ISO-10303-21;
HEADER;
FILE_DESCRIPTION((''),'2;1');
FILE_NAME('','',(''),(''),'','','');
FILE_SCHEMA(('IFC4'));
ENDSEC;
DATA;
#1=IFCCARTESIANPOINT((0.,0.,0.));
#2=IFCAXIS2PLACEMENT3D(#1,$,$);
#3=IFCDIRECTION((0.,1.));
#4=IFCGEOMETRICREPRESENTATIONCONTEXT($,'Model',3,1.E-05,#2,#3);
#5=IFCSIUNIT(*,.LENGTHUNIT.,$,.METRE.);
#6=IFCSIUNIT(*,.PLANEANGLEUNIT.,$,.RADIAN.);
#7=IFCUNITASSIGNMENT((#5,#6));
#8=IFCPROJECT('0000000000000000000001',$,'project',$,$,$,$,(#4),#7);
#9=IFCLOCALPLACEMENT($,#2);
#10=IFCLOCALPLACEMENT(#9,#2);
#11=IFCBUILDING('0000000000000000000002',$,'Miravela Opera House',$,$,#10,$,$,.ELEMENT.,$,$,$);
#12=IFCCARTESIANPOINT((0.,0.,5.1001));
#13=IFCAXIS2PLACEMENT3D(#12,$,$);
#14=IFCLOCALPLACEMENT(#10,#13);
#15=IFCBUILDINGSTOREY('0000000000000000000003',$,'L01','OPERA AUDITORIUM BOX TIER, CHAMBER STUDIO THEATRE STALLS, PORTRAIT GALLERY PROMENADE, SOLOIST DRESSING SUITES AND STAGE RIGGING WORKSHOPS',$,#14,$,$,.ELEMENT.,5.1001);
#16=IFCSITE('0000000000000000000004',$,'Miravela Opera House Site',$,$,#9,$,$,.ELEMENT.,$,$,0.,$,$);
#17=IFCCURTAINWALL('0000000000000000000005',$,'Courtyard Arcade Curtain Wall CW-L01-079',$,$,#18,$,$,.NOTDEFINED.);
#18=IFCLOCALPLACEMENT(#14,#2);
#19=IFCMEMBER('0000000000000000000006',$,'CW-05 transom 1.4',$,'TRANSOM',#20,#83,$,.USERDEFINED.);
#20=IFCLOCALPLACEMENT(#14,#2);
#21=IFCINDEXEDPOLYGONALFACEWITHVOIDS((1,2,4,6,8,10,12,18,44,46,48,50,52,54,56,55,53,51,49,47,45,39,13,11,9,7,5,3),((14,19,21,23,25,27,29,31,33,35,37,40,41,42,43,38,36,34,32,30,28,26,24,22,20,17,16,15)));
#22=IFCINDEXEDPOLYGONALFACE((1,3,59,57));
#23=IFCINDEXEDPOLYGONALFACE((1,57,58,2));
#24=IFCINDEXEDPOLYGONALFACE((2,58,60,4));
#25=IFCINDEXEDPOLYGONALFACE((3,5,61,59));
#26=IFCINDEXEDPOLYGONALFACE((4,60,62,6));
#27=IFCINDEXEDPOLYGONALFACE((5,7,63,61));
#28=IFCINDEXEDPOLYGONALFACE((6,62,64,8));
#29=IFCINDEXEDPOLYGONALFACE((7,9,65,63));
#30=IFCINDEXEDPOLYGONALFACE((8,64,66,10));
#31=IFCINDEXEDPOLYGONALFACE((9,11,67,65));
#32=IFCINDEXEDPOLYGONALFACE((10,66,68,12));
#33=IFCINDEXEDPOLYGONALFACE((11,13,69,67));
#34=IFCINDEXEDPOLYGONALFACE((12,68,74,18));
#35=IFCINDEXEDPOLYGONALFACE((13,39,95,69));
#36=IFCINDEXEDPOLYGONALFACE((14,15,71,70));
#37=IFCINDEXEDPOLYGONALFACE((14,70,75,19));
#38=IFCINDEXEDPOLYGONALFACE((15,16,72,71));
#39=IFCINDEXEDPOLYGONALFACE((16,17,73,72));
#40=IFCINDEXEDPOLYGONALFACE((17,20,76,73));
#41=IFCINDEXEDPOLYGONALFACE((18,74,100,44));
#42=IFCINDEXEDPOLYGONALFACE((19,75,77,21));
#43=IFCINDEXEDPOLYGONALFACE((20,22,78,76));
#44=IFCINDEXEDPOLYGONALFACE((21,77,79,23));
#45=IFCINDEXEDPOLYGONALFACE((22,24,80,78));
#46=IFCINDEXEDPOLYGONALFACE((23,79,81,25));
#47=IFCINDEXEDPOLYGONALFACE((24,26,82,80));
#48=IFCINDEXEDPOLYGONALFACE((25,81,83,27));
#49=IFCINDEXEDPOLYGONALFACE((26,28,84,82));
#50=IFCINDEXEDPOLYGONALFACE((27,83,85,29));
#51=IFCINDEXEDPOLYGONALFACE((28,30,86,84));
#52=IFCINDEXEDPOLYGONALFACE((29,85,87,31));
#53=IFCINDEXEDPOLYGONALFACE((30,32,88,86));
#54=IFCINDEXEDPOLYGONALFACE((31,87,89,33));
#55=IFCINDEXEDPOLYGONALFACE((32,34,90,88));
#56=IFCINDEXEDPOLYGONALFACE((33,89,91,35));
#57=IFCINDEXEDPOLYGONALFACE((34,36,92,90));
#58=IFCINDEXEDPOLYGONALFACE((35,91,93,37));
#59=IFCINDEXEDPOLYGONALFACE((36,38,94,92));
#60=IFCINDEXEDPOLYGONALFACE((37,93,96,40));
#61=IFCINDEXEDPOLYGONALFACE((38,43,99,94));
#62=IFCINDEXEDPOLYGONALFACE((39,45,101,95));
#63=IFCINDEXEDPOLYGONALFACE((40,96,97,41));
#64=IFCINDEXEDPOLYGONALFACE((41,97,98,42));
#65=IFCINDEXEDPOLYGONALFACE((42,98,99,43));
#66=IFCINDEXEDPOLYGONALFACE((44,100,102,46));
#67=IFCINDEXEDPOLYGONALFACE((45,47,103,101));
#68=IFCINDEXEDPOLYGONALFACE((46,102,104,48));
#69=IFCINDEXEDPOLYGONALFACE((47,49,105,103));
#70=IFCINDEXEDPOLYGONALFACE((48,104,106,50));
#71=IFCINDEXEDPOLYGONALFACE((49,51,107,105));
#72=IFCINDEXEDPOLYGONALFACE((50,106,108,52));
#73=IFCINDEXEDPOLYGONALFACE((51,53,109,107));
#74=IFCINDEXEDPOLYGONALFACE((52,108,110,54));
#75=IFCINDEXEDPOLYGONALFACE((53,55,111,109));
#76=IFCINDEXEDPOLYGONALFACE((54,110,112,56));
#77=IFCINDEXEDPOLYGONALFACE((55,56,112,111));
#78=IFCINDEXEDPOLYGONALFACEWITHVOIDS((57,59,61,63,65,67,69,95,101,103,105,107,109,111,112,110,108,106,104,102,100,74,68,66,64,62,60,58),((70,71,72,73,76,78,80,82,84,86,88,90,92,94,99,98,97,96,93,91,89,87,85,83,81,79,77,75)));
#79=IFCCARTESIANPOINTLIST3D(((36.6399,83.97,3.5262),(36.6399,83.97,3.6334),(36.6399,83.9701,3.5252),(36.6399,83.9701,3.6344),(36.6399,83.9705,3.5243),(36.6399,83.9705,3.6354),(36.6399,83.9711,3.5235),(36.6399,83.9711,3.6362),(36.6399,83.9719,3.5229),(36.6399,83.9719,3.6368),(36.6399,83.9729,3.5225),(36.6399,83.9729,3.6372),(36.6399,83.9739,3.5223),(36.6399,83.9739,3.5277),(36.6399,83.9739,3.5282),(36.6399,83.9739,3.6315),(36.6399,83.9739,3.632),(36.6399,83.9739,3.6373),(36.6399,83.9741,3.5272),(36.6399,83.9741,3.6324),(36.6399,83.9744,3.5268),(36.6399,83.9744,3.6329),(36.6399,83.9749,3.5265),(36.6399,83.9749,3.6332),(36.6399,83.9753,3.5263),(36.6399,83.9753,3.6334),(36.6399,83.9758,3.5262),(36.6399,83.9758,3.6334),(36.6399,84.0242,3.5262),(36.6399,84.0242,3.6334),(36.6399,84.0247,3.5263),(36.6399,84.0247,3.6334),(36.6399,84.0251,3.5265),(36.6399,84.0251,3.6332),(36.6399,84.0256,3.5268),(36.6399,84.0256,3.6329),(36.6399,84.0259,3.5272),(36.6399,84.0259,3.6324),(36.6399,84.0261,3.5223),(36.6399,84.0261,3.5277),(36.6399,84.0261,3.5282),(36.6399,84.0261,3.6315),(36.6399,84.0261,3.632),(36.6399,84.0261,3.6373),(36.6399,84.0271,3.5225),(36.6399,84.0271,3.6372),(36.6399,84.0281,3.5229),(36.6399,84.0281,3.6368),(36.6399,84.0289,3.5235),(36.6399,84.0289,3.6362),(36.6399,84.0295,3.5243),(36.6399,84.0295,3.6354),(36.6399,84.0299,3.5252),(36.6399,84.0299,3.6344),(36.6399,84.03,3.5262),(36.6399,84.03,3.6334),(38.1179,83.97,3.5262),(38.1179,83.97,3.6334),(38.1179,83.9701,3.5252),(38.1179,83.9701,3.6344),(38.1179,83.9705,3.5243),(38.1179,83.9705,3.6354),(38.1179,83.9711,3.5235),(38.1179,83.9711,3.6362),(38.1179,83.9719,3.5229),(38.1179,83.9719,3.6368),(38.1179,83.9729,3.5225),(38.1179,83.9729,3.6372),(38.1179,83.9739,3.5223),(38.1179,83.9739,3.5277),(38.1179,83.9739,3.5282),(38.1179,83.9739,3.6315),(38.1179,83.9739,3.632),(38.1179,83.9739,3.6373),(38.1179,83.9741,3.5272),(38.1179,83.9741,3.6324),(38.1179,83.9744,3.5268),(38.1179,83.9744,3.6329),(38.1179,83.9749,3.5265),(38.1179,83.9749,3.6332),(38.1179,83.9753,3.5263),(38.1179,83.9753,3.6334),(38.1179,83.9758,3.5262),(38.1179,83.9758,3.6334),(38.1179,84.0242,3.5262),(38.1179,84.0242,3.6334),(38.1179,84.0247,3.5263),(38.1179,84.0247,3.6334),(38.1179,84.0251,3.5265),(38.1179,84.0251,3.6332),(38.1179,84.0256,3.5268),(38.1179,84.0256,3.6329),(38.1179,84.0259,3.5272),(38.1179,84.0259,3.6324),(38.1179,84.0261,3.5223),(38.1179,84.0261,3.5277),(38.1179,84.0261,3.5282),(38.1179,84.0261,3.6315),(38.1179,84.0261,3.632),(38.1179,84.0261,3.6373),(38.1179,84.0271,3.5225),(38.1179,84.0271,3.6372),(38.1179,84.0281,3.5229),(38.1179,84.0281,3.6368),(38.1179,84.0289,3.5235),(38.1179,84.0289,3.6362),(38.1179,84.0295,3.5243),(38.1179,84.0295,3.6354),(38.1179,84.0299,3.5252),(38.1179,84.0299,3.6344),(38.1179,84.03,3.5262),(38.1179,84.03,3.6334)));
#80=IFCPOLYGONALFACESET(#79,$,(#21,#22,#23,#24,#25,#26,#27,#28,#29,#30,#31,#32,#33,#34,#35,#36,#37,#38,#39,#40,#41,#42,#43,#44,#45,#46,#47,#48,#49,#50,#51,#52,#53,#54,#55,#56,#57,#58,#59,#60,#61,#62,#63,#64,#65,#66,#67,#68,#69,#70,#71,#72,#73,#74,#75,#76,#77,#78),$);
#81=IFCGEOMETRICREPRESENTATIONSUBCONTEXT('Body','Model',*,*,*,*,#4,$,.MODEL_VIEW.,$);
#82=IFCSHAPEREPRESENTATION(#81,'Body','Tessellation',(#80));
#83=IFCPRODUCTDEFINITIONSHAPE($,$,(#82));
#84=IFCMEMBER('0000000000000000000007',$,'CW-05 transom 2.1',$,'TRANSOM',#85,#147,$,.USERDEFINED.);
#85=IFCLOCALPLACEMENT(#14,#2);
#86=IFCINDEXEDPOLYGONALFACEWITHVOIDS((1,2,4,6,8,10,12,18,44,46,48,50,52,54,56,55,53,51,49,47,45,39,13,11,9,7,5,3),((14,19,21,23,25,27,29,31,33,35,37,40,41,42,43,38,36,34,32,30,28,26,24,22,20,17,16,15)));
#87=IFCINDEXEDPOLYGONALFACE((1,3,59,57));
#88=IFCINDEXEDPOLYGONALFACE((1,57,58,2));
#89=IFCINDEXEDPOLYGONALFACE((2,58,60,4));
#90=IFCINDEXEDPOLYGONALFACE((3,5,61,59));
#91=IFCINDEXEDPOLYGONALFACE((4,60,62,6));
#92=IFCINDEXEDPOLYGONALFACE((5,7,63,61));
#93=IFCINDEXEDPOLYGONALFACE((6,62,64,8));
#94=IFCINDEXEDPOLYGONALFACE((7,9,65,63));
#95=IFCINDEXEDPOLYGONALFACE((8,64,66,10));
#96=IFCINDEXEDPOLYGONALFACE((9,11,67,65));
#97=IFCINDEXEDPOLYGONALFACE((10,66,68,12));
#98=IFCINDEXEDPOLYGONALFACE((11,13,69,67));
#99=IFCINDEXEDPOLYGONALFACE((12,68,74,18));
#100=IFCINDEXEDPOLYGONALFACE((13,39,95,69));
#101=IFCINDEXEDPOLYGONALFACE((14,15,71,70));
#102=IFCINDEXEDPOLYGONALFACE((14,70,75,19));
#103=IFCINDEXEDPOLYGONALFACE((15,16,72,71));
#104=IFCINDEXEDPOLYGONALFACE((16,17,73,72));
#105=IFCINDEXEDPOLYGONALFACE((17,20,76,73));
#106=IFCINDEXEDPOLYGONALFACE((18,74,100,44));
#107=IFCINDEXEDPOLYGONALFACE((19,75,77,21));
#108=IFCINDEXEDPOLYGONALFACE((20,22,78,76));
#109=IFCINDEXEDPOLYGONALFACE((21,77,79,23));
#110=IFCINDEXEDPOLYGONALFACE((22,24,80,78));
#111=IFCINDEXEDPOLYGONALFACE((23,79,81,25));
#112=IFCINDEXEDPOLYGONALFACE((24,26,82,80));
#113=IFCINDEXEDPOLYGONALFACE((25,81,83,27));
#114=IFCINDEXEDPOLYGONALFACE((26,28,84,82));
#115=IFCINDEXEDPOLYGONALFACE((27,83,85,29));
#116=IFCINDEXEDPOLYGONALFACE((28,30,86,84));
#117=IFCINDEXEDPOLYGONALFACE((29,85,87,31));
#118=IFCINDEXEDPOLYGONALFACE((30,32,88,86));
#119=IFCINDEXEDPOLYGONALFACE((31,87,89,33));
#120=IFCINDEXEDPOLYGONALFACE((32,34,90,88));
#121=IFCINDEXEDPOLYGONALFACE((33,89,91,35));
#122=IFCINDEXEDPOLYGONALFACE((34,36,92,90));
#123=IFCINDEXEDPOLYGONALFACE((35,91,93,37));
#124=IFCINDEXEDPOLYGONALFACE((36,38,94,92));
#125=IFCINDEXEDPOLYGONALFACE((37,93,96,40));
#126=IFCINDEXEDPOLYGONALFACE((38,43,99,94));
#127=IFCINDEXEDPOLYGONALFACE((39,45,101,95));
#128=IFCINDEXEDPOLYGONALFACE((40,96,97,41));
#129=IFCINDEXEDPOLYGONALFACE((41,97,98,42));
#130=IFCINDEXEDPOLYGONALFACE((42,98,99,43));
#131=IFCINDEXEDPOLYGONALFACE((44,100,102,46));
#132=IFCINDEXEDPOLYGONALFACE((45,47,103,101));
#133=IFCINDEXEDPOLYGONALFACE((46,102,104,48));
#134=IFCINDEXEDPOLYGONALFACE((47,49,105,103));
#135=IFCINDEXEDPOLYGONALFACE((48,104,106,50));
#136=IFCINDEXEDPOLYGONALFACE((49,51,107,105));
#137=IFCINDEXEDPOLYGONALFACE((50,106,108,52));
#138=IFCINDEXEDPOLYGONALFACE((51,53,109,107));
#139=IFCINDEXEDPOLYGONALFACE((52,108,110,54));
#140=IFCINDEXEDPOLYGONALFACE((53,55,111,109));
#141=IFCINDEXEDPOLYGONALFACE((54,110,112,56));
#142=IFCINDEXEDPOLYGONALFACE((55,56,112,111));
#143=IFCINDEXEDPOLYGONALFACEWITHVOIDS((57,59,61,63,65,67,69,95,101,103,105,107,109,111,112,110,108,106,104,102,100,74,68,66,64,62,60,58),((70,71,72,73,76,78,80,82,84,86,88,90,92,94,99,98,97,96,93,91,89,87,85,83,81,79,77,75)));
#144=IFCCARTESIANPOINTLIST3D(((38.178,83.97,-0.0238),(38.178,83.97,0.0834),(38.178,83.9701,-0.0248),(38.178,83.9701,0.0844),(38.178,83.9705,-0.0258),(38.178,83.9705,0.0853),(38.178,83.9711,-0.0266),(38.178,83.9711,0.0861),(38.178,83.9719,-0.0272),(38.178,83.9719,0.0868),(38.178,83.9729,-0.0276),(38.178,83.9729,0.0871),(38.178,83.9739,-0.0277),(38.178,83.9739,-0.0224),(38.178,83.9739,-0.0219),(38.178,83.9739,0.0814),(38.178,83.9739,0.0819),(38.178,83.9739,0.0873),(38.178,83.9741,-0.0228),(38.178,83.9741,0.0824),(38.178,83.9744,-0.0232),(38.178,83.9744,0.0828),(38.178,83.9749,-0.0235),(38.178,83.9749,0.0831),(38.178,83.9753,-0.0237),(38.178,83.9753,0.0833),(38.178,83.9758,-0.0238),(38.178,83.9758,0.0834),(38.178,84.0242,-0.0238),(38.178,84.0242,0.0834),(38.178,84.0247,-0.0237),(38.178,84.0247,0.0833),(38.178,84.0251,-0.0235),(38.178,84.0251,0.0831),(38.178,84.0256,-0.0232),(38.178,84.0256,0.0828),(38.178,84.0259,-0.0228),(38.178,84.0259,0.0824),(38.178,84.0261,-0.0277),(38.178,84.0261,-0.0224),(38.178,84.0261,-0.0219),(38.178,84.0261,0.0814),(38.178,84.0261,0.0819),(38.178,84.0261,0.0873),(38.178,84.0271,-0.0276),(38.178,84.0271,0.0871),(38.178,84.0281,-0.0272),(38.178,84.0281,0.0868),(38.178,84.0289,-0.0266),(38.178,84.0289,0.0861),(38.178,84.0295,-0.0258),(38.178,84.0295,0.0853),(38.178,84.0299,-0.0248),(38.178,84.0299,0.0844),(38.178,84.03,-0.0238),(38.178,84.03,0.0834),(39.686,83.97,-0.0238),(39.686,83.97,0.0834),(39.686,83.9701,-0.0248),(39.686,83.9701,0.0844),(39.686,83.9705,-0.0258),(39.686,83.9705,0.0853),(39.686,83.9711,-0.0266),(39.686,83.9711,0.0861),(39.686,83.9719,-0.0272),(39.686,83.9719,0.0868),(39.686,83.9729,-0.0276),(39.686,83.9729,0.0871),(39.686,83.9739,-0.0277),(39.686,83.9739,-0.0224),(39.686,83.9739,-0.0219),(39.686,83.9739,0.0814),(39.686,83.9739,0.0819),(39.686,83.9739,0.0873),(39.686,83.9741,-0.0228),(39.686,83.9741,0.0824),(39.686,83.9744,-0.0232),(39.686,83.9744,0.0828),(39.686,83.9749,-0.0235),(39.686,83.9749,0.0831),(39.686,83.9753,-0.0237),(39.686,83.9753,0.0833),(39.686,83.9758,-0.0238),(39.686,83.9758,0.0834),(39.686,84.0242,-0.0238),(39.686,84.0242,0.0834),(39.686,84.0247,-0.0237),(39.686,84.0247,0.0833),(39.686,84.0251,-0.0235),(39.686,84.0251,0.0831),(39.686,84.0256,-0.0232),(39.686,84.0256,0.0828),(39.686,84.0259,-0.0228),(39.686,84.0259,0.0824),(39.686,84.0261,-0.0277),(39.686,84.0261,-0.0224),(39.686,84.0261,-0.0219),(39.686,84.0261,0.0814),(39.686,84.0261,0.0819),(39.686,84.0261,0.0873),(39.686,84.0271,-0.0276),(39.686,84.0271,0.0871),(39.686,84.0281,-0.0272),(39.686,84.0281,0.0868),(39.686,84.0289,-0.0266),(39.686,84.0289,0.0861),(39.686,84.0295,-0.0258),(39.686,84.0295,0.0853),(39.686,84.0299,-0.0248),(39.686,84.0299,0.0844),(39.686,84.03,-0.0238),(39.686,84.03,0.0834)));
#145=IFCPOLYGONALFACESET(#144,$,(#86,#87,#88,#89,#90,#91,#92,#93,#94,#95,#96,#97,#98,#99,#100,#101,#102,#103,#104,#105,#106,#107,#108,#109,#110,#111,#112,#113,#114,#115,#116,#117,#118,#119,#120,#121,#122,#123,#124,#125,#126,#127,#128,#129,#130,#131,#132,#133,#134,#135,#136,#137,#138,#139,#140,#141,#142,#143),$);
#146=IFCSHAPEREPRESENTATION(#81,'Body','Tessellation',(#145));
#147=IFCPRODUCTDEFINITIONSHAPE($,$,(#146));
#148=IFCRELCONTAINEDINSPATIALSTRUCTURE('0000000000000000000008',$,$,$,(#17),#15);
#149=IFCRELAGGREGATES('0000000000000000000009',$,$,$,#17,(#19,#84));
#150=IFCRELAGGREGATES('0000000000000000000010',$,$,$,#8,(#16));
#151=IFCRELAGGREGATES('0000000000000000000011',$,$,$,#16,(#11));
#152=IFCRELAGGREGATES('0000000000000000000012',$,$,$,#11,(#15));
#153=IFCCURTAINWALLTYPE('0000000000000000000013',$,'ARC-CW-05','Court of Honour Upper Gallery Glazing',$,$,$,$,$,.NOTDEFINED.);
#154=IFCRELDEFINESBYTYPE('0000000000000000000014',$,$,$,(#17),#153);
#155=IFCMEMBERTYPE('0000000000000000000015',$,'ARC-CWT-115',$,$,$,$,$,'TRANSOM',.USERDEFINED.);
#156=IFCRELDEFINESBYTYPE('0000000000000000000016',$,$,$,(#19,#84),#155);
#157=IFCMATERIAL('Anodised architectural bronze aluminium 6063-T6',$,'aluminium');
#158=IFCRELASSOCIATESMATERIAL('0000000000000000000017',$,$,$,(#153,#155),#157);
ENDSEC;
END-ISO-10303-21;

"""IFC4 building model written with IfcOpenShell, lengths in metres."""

from ifc_helpers import new_model, si_unit, direction, frame, origin, origin_2d, place, context, subcontext, project, spatial, hollow_rectangle, extrude, material, material_profile, profile_set, type_object, element, aggregate, save


model = new_model("IFC4")

# Units and contexts
model_context = context("Model", 3, precision=1e-05, world=origin(), true_north=direction((0.0, 1.0)))
body_context = subcontext(model_context, "Body", "Model", "MODEL_VIEW")
ifc_project = project(units=[si_unit("LENGTHUNIT", "METRE"), si_unit("PLANEANGLEUNIT", "RADIAN")], contexts=[model_context])

# Site, building, storey
site_placement = place(None, origin())
site = spatial("IfcSite", under=ifc_project, at=site_placement, Name="Miravela Opera House Site", CompositionType="ELEMENT", RefElevation=0.0)
building_placement = place(site_placement, origin())
building = spatial("IfcBuilding", under=site, at=building_placement, Name="Miravela Opera House", CompositionType="ELEMENT")
storey_placement = place(building_placement, frame((0.0, 0.0, 5.1001)))
storey = spatial("IfcBuildingStorey", under=building, at=storey_placement, Name="L01", Description="OPERA AUDITORIUM BOX TIER, CHAMBER STUDIO THEATRE STALLS, PORTRAIT GALLERY PROMENADE, SOLOIST DRESSING SUITES AND STAGE RIGGING WORKSHOPS", CompositionType="ELEMENT", Elevation=5.1001)

# Shared definitions
ifc_material_1 = material(Name="Anodised architectural bronze aluminium 6063-T6", Category="aluminium")
curtain_wall_type = type_object("IfcCurtainWallType", Name="ARC-CW-05", Description="Court of Honour Upper Gallery Glazing", PredefinedType="NOTDEFINED", material=ifc_material_1)

# Curtain wall, members
curtain_wall_1_placement = place(storey_placement, origin())
curtain_wall_1 = element("IfcCurtainWall", 1, at=curtain_wall_1_placement, inside=storey, type_object=curtain_wall_type, Name="Courtyard Arcade Curtain Wall CW-L01-079", PredefinedType="NOTDEFINED")
ifc_material_profile_1 = material_profile(ifc_material_1, hollow_rectangle(XDim=0.0601, YDim=0.115, WallThickness=0.0039, InnerFilletRadius=0.002, OuterFilletRadius=0.0039, at=origin_2d()), Name="CWT-60X115")
ifc_profile_set_1 = profile_set([ifc_material_profile_1])
member_type_1 = type_object("IfcMemberType", Name="ARC-CWT-115", ElementType="TRANSOM", PredefinedType="USERDEFINED", material=ifc_profile_set_1)
member_1_placement = place(storey_placement, frame((36.6399, 84.0, 3.5798), z_axis=(1.0, 0.0, 0.0), x_axis=(0.0, 1.0, 0.0)))
member_1 = element("IfcMember", 2, at=member_1_placement, type_object=member_type_1, Name="CW-05 transom 1.4", ObjectType="TRANSOM", PredefinedType="USERDEFINED", context=body_context, shape_type="SweptSolid", body=[
    extrude(hollow_rectangle(XDim=0.0601, YDim=0.115, WallThickness=0.0039, InnerFilletRadius=0.002, OuterFilletRadius=0.0039, at=origin_2d()), origin(), (0.0, 0.0, 1.0), 1.478),
])
member_2_placement = place(storey_placement, frame((38.178, 84.0, 0.0298), z_axis=(1.0, 0.0, 0.0), x_axis=(0.0, 1.0, 0.0)))
member_2 = element("IfcMember", 3, at=member_2_placement, type_object=member_type_1, Name="CW-05 transom 2.1", ObjectType="TRANSOM", PredefinedType="USERDEFINED", context=body_context, shape_type="SweptSolid", body=[
    extrude(hollow_rectangle(XDim=0.0601, YDim=0.115, WallThickness=0.0039, InnerFilletRadius=0.002, OuterFilletRadius=0.0039, at=origin_2d()), origin(), (0.0, 0.0, 1.0), 1.5081),
])

aggregate(curtain_wall_1, [member_1, member_2])

save(model, "model.ifc")
